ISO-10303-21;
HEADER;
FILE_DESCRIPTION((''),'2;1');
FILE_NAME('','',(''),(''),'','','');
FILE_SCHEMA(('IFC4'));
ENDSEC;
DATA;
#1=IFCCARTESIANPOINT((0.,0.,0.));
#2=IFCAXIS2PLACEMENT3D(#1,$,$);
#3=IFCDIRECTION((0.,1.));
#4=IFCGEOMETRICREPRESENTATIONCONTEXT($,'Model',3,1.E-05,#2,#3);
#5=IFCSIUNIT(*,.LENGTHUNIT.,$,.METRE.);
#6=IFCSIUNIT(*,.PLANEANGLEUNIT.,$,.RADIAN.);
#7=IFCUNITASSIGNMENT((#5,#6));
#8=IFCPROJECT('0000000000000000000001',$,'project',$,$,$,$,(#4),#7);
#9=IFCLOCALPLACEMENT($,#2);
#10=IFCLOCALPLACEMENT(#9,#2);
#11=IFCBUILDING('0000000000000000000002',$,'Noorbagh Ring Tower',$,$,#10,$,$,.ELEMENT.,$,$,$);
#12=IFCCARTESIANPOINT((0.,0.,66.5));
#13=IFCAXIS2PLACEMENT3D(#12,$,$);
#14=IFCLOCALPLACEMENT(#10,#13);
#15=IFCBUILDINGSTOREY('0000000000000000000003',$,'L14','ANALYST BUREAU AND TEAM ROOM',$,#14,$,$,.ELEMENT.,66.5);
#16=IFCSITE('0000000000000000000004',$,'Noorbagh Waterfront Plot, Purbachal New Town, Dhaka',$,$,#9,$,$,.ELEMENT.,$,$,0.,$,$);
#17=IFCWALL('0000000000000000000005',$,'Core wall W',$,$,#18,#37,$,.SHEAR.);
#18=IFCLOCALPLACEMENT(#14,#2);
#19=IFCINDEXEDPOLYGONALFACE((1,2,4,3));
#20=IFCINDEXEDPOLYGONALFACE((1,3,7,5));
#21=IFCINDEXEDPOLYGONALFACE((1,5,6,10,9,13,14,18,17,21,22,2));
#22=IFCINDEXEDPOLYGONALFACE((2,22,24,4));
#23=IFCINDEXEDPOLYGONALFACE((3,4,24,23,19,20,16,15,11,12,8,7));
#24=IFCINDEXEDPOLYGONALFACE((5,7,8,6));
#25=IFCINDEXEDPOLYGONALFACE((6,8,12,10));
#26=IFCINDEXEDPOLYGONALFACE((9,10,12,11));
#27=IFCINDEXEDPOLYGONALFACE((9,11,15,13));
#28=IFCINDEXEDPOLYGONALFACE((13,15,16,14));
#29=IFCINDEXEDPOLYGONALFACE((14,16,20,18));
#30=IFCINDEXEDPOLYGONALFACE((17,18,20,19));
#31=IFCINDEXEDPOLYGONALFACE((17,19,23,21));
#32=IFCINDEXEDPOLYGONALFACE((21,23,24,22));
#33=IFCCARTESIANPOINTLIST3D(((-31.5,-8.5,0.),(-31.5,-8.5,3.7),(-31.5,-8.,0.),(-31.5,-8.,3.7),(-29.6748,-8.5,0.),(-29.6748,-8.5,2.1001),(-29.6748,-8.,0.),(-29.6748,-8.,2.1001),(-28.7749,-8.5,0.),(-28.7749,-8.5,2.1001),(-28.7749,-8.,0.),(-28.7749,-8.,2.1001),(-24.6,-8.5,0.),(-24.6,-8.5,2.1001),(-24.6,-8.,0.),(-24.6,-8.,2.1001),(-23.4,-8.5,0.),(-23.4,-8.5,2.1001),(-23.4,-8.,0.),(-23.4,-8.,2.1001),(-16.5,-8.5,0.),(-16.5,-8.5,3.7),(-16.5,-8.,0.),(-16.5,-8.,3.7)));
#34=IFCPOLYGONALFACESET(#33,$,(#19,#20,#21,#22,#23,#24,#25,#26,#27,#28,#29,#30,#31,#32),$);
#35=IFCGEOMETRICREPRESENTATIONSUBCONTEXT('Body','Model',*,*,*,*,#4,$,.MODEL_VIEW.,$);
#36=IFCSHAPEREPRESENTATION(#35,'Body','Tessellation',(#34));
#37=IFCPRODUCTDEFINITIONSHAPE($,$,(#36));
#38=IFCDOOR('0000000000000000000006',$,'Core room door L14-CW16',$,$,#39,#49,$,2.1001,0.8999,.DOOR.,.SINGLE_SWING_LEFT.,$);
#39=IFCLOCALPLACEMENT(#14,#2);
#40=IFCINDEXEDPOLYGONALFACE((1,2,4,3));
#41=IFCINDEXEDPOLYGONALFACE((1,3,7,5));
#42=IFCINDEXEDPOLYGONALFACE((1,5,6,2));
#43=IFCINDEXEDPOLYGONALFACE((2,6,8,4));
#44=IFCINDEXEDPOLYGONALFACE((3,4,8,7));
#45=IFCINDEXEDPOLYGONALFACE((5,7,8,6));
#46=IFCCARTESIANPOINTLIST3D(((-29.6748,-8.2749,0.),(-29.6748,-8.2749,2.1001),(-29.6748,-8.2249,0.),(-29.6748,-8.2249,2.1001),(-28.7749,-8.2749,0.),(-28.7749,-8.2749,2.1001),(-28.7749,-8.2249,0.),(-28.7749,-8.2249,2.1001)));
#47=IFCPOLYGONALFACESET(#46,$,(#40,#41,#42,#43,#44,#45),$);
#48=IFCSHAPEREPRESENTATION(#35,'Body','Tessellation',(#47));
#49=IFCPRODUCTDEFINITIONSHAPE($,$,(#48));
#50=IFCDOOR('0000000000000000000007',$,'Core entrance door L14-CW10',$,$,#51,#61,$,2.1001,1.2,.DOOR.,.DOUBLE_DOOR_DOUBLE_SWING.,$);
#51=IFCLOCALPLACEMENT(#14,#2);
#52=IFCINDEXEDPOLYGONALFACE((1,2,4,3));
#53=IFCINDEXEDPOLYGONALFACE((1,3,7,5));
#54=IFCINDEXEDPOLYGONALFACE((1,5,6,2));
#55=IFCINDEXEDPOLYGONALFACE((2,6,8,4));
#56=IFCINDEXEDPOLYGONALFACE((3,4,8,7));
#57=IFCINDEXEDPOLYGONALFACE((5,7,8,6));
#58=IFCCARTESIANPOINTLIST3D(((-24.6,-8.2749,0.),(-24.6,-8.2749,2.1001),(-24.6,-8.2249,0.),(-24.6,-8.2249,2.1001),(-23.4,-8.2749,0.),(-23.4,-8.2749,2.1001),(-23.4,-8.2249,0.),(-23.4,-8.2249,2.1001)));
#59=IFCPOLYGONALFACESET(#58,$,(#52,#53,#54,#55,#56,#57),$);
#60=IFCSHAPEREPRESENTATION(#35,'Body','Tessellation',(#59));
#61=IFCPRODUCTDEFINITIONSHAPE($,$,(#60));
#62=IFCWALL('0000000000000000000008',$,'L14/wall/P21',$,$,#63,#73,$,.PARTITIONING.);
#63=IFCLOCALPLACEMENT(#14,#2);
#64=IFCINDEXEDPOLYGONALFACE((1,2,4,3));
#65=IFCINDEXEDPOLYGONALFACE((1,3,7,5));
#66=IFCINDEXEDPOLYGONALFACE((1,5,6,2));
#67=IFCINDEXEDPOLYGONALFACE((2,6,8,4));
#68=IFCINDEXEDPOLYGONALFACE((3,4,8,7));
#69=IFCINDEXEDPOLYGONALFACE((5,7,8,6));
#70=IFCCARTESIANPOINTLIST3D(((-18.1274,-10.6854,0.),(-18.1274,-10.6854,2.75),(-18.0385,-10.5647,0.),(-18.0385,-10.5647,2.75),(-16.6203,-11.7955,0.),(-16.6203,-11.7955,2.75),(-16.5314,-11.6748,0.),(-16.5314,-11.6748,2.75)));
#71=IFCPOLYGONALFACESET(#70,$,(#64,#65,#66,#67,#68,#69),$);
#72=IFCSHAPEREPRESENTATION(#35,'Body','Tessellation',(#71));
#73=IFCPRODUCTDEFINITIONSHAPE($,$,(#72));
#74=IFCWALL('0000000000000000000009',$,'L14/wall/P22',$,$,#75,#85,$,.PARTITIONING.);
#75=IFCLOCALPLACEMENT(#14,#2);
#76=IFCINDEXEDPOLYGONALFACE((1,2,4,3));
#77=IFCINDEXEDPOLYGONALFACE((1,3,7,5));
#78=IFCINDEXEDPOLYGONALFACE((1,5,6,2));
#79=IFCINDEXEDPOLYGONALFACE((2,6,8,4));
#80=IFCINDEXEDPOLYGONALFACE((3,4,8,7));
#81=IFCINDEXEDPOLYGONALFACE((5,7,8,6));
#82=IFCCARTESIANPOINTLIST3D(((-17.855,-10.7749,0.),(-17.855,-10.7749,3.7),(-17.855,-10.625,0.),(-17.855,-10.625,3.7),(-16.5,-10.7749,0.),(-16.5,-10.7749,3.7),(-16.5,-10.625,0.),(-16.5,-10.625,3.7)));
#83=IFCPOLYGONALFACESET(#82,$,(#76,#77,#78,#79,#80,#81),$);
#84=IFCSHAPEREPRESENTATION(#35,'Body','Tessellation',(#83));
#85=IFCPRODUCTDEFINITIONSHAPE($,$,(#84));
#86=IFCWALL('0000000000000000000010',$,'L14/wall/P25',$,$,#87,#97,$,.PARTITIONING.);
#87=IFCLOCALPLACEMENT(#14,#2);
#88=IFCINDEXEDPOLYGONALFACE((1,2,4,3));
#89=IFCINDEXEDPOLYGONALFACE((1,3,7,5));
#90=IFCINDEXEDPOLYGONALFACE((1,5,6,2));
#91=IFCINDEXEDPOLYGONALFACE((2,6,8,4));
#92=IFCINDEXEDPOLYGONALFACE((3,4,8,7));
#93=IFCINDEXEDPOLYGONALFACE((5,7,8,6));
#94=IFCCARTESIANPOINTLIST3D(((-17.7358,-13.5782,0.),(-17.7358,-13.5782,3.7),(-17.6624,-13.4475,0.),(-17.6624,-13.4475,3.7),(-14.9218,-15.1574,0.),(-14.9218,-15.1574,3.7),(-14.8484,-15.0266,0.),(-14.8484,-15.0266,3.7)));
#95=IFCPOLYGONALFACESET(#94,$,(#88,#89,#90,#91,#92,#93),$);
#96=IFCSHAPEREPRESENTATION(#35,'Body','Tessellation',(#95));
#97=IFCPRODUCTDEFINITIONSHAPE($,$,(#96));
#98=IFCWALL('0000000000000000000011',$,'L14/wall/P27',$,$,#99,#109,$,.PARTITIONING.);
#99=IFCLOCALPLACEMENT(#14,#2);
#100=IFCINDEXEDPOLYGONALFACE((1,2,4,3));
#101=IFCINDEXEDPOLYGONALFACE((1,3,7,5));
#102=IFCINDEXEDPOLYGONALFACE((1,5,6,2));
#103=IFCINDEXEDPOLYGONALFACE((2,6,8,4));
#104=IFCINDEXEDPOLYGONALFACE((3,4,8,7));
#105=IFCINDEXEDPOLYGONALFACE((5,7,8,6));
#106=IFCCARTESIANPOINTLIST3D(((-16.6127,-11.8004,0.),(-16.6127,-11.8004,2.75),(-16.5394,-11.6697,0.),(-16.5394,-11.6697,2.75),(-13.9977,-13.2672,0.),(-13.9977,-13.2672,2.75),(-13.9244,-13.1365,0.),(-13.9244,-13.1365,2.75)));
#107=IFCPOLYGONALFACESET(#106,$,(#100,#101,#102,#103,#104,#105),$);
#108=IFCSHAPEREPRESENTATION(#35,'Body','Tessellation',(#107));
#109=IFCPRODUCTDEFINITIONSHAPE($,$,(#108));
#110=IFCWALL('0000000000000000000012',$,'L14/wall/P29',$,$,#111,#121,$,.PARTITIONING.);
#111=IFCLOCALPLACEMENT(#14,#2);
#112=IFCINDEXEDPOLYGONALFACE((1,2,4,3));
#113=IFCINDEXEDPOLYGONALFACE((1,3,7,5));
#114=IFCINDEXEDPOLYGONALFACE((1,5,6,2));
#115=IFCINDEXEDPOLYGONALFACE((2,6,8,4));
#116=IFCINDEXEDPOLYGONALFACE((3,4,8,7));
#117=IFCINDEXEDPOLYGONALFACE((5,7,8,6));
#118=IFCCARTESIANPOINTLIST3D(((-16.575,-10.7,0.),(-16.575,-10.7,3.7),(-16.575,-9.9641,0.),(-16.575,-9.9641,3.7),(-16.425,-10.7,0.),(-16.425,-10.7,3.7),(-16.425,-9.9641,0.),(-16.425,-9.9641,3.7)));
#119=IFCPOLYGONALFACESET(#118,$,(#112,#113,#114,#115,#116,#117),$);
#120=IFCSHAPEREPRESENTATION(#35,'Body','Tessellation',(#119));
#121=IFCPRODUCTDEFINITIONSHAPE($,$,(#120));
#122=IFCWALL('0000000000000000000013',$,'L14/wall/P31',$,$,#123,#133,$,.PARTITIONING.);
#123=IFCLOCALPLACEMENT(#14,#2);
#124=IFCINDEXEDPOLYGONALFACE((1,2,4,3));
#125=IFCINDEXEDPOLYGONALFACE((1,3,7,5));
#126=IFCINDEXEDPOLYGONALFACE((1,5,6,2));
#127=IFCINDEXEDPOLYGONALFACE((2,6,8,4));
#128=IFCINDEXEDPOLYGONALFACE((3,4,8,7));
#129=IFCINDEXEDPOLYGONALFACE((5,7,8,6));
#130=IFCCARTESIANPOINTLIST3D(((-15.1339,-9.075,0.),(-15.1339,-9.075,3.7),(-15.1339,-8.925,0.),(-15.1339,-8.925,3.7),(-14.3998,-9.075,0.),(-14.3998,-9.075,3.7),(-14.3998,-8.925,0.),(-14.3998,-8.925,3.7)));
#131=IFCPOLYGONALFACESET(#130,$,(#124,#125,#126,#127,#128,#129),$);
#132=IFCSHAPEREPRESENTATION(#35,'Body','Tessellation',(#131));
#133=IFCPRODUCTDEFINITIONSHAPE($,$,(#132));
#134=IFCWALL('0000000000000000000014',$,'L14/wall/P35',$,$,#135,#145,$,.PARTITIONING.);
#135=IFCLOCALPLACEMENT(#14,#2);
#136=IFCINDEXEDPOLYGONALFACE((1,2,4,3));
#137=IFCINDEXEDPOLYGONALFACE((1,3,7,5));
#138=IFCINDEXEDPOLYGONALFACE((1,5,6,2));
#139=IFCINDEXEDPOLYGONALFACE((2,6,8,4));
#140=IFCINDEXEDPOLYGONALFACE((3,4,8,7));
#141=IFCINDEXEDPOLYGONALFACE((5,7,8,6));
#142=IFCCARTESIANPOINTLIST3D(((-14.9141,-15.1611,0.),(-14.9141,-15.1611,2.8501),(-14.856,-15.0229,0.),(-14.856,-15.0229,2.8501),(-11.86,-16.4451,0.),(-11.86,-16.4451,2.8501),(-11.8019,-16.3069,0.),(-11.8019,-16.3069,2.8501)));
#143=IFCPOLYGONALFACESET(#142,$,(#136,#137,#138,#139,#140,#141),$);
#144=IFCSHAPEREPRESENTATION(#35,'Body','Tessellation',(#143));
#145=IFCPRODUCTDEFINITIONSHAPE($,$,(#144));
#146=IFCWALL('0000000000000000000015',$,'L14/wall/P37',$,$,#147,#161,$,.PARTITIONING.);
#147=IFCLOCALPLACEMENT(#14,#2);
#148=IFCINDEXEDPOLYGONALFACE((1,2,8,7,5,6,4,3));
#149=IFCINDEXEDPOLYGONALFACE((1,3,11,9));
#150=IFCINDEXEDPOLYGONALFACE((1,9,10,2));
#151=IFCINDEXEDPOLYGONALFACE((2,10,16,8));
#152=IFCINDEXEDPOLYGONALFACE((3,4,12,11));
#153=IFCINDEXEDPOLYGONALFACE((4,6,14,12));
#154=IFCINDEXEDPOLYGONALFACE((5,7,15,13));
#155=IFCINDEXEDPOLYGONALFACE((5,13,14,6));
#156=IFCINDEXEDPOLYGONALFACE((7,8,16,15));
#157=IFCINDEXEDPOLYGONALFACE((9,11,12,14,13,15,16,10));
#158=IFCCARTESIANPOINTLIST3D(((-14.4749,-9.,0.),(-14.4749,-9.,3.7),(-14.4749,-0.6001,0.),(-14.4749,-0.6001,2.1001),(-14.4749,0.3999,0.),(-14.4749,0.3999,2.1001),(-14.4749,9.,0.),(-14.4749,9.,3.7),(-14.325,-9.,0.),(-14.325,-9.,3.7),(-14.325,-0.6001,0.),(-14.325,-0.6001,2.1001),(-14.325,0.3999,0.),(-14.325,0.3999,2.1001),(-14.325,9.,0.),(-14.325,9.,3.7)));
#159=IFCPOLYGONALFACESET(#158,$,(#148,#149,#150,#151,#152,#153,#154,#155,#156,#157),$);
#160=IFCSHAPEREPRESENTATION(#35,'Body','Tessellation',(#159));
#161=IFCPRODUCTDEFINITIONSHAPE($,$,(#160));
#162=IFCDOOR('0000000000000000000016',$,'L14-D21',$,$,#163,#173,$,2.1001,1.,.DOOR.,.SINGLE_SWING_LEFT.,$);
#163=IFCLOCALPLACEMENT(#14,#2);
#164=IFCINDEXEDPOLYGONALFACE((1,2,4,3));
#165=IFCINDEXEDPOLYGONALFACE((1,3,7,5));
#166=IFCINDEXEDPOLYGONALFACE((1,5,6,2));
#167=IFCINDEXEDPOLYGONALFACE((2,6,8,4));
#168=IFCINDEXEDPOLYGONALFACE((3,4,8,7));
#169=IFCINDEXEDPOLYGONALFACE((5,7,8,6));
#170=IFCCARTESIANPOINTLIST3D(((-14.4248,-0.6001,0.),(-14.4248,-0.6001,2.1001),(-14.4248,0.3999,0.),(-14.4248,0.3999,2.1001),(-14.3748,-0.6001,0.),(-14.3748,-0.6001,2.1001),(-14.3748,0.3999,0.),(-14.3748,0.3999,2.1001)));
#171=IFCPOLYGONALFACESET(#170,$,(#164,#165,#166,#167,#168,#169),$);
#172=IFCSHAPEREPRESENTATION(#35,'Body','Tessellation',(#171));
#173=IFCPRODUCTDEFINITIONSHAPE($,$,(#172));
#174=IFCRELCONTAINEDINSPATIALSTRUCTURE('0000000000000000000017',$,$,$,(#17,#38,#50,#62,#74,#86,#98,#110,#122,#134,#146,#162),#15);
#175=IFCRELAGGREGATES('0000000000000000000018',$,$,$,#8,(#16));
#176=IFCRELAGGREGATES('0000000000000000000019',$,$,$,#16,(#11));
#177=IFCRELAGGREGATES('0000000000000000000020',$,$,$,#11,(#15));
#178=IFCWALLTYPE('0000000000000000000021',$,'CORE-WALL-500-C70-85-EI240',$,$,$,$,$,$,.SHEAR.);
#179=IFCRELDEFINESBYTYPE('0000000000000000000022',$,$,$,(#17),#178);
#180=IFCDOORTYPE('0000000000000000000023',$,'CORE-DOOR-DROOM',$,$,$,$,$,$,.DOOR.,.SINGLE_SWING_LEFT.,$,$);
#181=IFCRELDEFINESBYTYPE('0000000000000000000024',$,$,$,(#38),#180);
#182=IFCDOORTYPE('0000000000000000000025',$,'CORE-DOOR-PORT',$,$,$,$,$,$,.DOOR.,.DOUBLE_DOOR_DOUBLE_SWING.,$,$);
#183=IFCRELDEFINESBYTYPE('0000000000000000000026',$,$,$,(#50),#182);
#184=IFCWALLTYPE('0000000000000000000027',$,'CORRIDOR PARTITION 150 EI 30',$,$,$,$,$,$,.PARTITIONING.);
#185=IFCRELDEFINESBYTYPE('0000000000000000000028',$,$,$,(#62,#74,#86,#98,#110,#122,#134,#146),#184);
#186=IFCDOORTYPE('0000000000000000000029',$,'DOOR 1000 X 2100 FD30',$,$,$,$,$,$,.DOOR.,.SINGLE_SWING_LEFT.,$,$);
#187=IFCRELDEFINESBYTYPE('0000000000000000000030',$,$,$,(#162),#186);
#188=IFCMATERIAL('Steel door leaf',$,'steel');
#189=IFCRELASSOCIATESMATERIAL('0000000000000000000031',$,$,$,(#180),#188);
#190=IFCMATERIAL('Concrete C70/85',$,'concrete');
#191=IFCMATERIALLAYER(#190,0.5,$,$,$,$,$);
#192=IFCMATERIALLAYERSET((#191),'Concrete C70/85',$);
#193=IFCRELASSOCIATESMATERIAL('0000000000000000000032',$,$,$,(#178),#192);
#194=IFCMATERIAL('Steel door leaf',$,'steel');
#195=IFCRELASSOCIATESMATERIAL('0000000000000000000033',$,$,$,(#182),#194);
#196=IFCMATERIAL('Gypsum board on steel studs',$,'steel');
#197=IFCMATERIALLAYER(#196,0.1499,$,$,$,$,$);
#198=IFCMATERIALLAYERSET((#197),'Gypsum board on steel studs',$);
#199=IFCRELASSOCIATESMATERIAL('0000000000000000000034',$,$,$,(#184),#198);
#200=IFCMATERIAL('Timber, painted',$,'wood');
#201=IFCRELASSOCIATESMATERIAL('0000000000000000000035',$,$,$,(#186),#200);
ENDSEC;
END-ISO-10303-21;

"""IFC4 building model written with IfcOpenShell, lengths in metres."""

from ifc_helpers import new_model, si_unit, direction, frame, frame_2d, origin, place, context, subcontext, project, spatial, rectangle, extrude, material, layer, layer_set, type_object, element, fill, save


model = new_model("IFC4")

# Units and contexts
model_context = context("Model", 3, precision=1e-05, world=origin(), true_north=direction((0.0, 1.0)))
body_context = subcontext(model_context, "Body", "Model", "MODEL_VIEW")
ifc_project = project(units=[si_unit("LENGTHUNIT", "METRE"), si_unit("PLANEANGLEUNIT", "RADIAN")], contexts=[model_context])

# Site, building, storey
site_placement = place(None, origin())
site = spatial("IfcSite", under=ifc_project, at=site_placement, Name="Noorbagh Waterfront Plot, Purbachal New Town, Dhaka", CompositionType="ELEMENT", RefElevation=0.0)
building_placement = place(site_placement, origin())
building = spatial("IfcBuilding", under=site, at=building_placement, Name="Noorbagh Ring Tower", CompositionType="ELEMENT")
storey_placement = place(building_placement, frame((0.0, 0.0, 66.5)))
storey = spatial("IfcBuildingStorey", under=building, at=storey_placement, Name="L14", Description="ANALYST BUREAU AND TEAM ROOM", CompositionType="ELEMENT", Elevation=66.5)

# Shared definitions
ifc_material_1 = material(Name="Steel door leaf", Category="steel")
door_type_1 = type_object("IfcDoorType", Name="CORE-DOOR-DROOM", OperationType="SINGLE_SWING_LEFT", PredefinedType="DOOR", material=ifc_material_1)

# Wall, openings, doors
ifc_material_2 = material(Name="Concrete C70/85", Category="concrete")
ifc_layer_1 = layer(ifc_material_2, 0.5)
ifc_layer_set_1 = layer_set([ifc_layer_1], Name="Concrete C70/85")
wall_type_1 = type_object("IfcWallType", Name="CORE-WALL-500-C70-85-EI240", PredefinedType="SHEAR", material=ifc_layer_set_1)
wall_1_placement = place(storey_placement, frame((-16.5, -8.25, 0.0), z_axis=(0.0, 0.0, 1.0), x_axis=(-1.0, 0.0, 0.0)))
wall_1 = element("IfcWall", 1, at=wall_1_placement, inside=storey, type_object=wall_type_1, Name="Core wall W", PredefinedType="SHEAR", context=body_context, shape_type="SweptSolid", body=[
    extrude(rectangle(XDim=15.0, YDim=0.5, at=frame_2d((7.5, 0.0))), origin(), (0.0, 0.0, 1.0), 3.7),
])
opening_1_placement = place(wall_1_placement, frame((6.8999, 0.0, 0.0)))
opening_1 = element("IfcOpeningElement", 2, at=opening_1_placement, cuts=wall_1, PredefinedType="OPENING", context=body_context, shape_type="SweptSolid", body=[
    extrude(rectangle(XDim=1.2, YDim=2.1001, at=frame_2d((0.6001, 1.05))), frame((0.0, 0.26, 0.0), z_axis=(0.0, -1.0, 0.0), x_axis=(1.0, 0.0, 0.0)), (0.0, 0.0, 1.0), 0.52),
])
opening_2_placement = place(wall_1_placement, frame((12.2749, 0.0, 0.0)))
opening_2 = element("IfcOpeningElement", 3, at=opening_2_placement, cuts=wall_1, PredefinedType="OPENING", context=body_context, shape_type="SweptSolid", body=[
    extrude(rectangle(XDim=0.8999, YDim=2.1001, at=frame_2d((0.45, 1.05))), frame((0.0, 0.26, 0.0), z_axis=(0.0, -1.0, 0.0), x_axis=(1.0, 0.0, 0.0)), (0.0, 0.0, 1.0), 0.52),
])
door_1_placement = place(opening_2_placement, origin())
door_1 = element("IfcDoor", 4, at=door_1_placement, inside=storey, type_object=door_type_1, Name="Core room door L14-CW16", OperationType="SINGLE_SWING_LEFT", OverallHeight=2.1001, OverallWidth=0.8999, PredefinedType="DOOR", context=body_context, shape_type="SweptSolid", body=[
    extrude(rectangle(XDim=0.8999, YDim=2.1001, at=frame_2d((0.45, 1.05))), frame((0.0, 0.0249, 0.0), z_axis=(0.0, -1.0, 0.0), x_axis=(1.0, 0.0, 0.0)), (0.0, 0.0, 1.0), 0.05),
])
fill(opening_2, door_1)
ifc_material_3 = material(Name="Steel door leaf", Category="steel")
door_type_2 = type_object("IfcDoorType", Name="CORE-DOOR-PORT", OperationType="DOUBLE_DOOR_DOUBLE_SWING", PredefinedType="DOOR", material=ifc_material_3)
door_2_placement = place(opening_1_placement, origin())
door_2 = element("IfcDoor", 5, at=door_2_placement, inside=storey, type_object=door_type_2, Name="Core entrance door L14-CW10", OperationType="DOUBLE_DOOR_DOUBLE_SWING", OverallHeight=2.1001, OverallWidth=1.2, PredefinedType="DOOR", context=body_context, shape_type="SweptSolid", body=[
    extrude(rectangle(XDim=1.2, YDim=2.1001, at=frame_2d((0.6001, 1.05))), frame((0.0, 0.0249, 0.0), z_axis=(0.0, -1.0, 0.0), x_axis=(1.0, 0.0, 0.0)), (0.0, 0.0, 1.0), 0.05),
])
fill(opening_1, door_2)

# Walls
ifc_material_4 = material(Name="Gypsum board on steel studs", Category="steel")
ifc_layer_2 = layer(ifc_material_4, 0.1499)
ifc_layer_set_2 = layer_set([ifc_layer_2], Name="Gypsum board on steel studs")
wall_type_2 = type_object("IfcWallType", Name="CORRIDOR PARTITION 150 EI 30", PredefinedType="PARTITIONING", material=ifc_layer_set_2)
wall_2_placement = place(storey_placement, frame((-18.083, -10.625, 0.0), z_axis=(0.0, 0.0, 1.0), x_axis=(0.805151, -0.59307, 0.0)))
element("IfcWall", 6, at=wall_2_placement, inside=storey, type_object=wall_type_2, Name="L14/wall/P21", PredefinedType="PARTITIONING", context=body_context, shape_type="SweptSolid", body=[
    extrude(rectangle(XDim=1.8718, YDim=0.1499, at=frame_2d((0.936, 0.0))), origin(), (0.0, 0.0, 1.0), 2.75),
])
wall_3_placement = place(storey_placement, frame((-17.855, -10.7, 0.0), z_axis=(0.0, 0.0, 1.0), x_axis=(1.0, 0.0, 0.0)))
element("IfcWall", 7, at=wall_3_placement, inside=storey, type_object=wall_type_2, Name="L14/wall/P22", PredefinedType="PARTITIONING", context=body_context, shape_type="SweptSolid", body=[
    extrude(rectangle(XDim=1.355, YDim=0.1499, at=frame_2d((0.6775, 0.0))), origin(), (0.0, 0.0, 1.0), 3.7),
])
wall_4_placement = place(storey_placement, frame((-17.699, -13.5129, 0.0), z_axis=(0.0, 0.0, 1.0), x_axis=(0.872072, -0.489377, 0.0)))
element("IfcWall", 8, at=wall_4_placement, inside=storey, type_object=wall_type_2, Name="L14/wall/P25", PredefinedType="PARTITIONING", context=body_context, shape_type="SweptSolid", body=[
    extrude(rectangle(XDim=3.2268, YDim=0.1499, at=frame_2d((1.6133, 0.0))), origin(), (0.0, 0.0, 1.0), 3.7),
])
wall_5_placement = place(storey_placement, frame((-16.5759, -11.7351, 0.0), z_axis=(0.0, 0.0, 1.0), x_axis=(0.872164, -0.489213, 0.0)))
element("IfcWall", 9, at=wall_5_placement, inside=storey, type_object=wall_type_2, Name="L14/wall/P27", PredefinedType="PARTITIONING", context=body_context, shape_type="SweptSolid", body=[
    extrude(rectangle(XDim=2.9983, YDim=0.1499, at=frame_2d((1.499, 0.0))), origin(), (0.0, 0.0, 1.0), 2.75),
])
wall_6_placement = place(storey_placement, frame((-16.5, -10.7, 0.0), z_axis=(0.0, 0.0, 1.0), x_axis=(0.0, 1.0, 0.0)))
element("IfcWall", 10, at=wall_6_placement, inside=storey, type_object=wall_type_2, Name="L14/wall/P29", PredefinedType="PARTITIONING", context=body_context, shape_type="SweptSolid", body=[
    extrude(rectangle(XDim=0.7358, YDim=0.1499, at=frame_2d((0.3679, 0.0))), origin(), (0.0, 0.0, 1.0), 3.7),
])
wall_7_placement = place(storey_placement, frame((-15.134, -9.0, 0.0), z_axis=(0.0, 0.0, 1.0), x_axis=(1.0, 0.0, 0.0)))
element("IfcWall", 11, at=wall_7_placement, inside=storey, type_object=wall_type_2, Name="L14/wall/P31", PredefinedType="PARTITIONING", context=body_context, shape_type="SweptSolid", body=[
    extrude(rectangle(XDim=0.7341, YDim=0.1499, at=frame_2d((0.3672, 0.0))), origin(), (0.0, 0.0, 1.0), 3.7),
])
wall_8_placement = place(storey_placement, frame((-14.885, -15.092, 0.0), z_axis=(0.0, 0.0, 1.0), x_axis=(0.921845, -0.387559, 0.0)))
element("IfcWall", 12, at=wall_8_placement, inside=storey, type_object=wall_type_2, Name="L14/wall/P35", PredefinedType="PARTITIONING", context=body_context, shape_type="SweptSolid", body=[
    extrude(rectangle(XDim=3.313, YDim=0.1499, at=frame_2d((1.6565, 0.0))), origin(), (0.0, 0.0, 1.0), 2.8501),
])

# Wall, opening, door
wall_9_placement = place(storey_placement, frame((-14.3999, -9.0, 0.0), z_axis=(0.0, 0.0, 1.0), x_axis=(0.0, 1.0, 0.0)))
wall_9 = element("IfcWall", 13, at=wall_9_placement, inside=storey, type_object=wall_type_2, Name="L14/wall/P37", PredefinedType="PARTITIONING", context=body_context, shape_type="SweptSolid", body=[
    extrude(rectangle(XDim=18.0, YDim=0.1499, at=frame_2d((9.0, 0.0))), origin(), (0.0, 0.0, 1.0), 3.7),
])
opening_3_placement = place(wall_9_placement, frame((8.3999, 0.0, 0.0)))
opening_3 = element("IfcOpeningElement", 14, at=opening_3_placement, cuts=wall_9, PredefinedType="OPENING", context=body_context, shape_type="SweptSolid", body=[
    extrude(rectangle(XDim=1.0, YDim=2.1001, at=frame_2d((0.5, 1.05))), frame((0.0, 0.085, 0.0), z_axis=(0.0, -1.0, 0.0), x_axis=(1.0, 0.0, 0.0)), (0.0, 0.0, 1.0), 0.1699),
])
ifc_material_5 = material(Name="Timber, painted", Category="wood")
door_type_3 = type_object("IfcDoorType", Name="DOOR 1000 X 2100 FD30", OperationType="SINGLE_SWING_LEFT", PredefinedType="DOOR", material=ifc_material_5)
door_3_placement = place(opening_3_placement, origin())
door_3 = element("IfcDoor", 15, at=door_3_placement, inside=storey, type_object=door_type_3, Name="L14-D21", OperationType="SINGLE_SWING_LEFT", OverallHeight=2.1001, OverallWidth=1.0, PredefinedType="DOOR", context=body_context, shape_type="SweptSolid", body=[
    extrude(rectangle(XDim=1.0, YDim=2.1001, at=frame_2d((0.5, 1.05))), frame((0.0, 0.0249, 0.0), z_axis=(0.0, -1.0, 0.0), x_axis=(1.0, 0.0, 0.0)), (0.0, 0.0, 1.0), 0.05),
])
fill(opening_3, door_3)

save(model, "model.ifc")
